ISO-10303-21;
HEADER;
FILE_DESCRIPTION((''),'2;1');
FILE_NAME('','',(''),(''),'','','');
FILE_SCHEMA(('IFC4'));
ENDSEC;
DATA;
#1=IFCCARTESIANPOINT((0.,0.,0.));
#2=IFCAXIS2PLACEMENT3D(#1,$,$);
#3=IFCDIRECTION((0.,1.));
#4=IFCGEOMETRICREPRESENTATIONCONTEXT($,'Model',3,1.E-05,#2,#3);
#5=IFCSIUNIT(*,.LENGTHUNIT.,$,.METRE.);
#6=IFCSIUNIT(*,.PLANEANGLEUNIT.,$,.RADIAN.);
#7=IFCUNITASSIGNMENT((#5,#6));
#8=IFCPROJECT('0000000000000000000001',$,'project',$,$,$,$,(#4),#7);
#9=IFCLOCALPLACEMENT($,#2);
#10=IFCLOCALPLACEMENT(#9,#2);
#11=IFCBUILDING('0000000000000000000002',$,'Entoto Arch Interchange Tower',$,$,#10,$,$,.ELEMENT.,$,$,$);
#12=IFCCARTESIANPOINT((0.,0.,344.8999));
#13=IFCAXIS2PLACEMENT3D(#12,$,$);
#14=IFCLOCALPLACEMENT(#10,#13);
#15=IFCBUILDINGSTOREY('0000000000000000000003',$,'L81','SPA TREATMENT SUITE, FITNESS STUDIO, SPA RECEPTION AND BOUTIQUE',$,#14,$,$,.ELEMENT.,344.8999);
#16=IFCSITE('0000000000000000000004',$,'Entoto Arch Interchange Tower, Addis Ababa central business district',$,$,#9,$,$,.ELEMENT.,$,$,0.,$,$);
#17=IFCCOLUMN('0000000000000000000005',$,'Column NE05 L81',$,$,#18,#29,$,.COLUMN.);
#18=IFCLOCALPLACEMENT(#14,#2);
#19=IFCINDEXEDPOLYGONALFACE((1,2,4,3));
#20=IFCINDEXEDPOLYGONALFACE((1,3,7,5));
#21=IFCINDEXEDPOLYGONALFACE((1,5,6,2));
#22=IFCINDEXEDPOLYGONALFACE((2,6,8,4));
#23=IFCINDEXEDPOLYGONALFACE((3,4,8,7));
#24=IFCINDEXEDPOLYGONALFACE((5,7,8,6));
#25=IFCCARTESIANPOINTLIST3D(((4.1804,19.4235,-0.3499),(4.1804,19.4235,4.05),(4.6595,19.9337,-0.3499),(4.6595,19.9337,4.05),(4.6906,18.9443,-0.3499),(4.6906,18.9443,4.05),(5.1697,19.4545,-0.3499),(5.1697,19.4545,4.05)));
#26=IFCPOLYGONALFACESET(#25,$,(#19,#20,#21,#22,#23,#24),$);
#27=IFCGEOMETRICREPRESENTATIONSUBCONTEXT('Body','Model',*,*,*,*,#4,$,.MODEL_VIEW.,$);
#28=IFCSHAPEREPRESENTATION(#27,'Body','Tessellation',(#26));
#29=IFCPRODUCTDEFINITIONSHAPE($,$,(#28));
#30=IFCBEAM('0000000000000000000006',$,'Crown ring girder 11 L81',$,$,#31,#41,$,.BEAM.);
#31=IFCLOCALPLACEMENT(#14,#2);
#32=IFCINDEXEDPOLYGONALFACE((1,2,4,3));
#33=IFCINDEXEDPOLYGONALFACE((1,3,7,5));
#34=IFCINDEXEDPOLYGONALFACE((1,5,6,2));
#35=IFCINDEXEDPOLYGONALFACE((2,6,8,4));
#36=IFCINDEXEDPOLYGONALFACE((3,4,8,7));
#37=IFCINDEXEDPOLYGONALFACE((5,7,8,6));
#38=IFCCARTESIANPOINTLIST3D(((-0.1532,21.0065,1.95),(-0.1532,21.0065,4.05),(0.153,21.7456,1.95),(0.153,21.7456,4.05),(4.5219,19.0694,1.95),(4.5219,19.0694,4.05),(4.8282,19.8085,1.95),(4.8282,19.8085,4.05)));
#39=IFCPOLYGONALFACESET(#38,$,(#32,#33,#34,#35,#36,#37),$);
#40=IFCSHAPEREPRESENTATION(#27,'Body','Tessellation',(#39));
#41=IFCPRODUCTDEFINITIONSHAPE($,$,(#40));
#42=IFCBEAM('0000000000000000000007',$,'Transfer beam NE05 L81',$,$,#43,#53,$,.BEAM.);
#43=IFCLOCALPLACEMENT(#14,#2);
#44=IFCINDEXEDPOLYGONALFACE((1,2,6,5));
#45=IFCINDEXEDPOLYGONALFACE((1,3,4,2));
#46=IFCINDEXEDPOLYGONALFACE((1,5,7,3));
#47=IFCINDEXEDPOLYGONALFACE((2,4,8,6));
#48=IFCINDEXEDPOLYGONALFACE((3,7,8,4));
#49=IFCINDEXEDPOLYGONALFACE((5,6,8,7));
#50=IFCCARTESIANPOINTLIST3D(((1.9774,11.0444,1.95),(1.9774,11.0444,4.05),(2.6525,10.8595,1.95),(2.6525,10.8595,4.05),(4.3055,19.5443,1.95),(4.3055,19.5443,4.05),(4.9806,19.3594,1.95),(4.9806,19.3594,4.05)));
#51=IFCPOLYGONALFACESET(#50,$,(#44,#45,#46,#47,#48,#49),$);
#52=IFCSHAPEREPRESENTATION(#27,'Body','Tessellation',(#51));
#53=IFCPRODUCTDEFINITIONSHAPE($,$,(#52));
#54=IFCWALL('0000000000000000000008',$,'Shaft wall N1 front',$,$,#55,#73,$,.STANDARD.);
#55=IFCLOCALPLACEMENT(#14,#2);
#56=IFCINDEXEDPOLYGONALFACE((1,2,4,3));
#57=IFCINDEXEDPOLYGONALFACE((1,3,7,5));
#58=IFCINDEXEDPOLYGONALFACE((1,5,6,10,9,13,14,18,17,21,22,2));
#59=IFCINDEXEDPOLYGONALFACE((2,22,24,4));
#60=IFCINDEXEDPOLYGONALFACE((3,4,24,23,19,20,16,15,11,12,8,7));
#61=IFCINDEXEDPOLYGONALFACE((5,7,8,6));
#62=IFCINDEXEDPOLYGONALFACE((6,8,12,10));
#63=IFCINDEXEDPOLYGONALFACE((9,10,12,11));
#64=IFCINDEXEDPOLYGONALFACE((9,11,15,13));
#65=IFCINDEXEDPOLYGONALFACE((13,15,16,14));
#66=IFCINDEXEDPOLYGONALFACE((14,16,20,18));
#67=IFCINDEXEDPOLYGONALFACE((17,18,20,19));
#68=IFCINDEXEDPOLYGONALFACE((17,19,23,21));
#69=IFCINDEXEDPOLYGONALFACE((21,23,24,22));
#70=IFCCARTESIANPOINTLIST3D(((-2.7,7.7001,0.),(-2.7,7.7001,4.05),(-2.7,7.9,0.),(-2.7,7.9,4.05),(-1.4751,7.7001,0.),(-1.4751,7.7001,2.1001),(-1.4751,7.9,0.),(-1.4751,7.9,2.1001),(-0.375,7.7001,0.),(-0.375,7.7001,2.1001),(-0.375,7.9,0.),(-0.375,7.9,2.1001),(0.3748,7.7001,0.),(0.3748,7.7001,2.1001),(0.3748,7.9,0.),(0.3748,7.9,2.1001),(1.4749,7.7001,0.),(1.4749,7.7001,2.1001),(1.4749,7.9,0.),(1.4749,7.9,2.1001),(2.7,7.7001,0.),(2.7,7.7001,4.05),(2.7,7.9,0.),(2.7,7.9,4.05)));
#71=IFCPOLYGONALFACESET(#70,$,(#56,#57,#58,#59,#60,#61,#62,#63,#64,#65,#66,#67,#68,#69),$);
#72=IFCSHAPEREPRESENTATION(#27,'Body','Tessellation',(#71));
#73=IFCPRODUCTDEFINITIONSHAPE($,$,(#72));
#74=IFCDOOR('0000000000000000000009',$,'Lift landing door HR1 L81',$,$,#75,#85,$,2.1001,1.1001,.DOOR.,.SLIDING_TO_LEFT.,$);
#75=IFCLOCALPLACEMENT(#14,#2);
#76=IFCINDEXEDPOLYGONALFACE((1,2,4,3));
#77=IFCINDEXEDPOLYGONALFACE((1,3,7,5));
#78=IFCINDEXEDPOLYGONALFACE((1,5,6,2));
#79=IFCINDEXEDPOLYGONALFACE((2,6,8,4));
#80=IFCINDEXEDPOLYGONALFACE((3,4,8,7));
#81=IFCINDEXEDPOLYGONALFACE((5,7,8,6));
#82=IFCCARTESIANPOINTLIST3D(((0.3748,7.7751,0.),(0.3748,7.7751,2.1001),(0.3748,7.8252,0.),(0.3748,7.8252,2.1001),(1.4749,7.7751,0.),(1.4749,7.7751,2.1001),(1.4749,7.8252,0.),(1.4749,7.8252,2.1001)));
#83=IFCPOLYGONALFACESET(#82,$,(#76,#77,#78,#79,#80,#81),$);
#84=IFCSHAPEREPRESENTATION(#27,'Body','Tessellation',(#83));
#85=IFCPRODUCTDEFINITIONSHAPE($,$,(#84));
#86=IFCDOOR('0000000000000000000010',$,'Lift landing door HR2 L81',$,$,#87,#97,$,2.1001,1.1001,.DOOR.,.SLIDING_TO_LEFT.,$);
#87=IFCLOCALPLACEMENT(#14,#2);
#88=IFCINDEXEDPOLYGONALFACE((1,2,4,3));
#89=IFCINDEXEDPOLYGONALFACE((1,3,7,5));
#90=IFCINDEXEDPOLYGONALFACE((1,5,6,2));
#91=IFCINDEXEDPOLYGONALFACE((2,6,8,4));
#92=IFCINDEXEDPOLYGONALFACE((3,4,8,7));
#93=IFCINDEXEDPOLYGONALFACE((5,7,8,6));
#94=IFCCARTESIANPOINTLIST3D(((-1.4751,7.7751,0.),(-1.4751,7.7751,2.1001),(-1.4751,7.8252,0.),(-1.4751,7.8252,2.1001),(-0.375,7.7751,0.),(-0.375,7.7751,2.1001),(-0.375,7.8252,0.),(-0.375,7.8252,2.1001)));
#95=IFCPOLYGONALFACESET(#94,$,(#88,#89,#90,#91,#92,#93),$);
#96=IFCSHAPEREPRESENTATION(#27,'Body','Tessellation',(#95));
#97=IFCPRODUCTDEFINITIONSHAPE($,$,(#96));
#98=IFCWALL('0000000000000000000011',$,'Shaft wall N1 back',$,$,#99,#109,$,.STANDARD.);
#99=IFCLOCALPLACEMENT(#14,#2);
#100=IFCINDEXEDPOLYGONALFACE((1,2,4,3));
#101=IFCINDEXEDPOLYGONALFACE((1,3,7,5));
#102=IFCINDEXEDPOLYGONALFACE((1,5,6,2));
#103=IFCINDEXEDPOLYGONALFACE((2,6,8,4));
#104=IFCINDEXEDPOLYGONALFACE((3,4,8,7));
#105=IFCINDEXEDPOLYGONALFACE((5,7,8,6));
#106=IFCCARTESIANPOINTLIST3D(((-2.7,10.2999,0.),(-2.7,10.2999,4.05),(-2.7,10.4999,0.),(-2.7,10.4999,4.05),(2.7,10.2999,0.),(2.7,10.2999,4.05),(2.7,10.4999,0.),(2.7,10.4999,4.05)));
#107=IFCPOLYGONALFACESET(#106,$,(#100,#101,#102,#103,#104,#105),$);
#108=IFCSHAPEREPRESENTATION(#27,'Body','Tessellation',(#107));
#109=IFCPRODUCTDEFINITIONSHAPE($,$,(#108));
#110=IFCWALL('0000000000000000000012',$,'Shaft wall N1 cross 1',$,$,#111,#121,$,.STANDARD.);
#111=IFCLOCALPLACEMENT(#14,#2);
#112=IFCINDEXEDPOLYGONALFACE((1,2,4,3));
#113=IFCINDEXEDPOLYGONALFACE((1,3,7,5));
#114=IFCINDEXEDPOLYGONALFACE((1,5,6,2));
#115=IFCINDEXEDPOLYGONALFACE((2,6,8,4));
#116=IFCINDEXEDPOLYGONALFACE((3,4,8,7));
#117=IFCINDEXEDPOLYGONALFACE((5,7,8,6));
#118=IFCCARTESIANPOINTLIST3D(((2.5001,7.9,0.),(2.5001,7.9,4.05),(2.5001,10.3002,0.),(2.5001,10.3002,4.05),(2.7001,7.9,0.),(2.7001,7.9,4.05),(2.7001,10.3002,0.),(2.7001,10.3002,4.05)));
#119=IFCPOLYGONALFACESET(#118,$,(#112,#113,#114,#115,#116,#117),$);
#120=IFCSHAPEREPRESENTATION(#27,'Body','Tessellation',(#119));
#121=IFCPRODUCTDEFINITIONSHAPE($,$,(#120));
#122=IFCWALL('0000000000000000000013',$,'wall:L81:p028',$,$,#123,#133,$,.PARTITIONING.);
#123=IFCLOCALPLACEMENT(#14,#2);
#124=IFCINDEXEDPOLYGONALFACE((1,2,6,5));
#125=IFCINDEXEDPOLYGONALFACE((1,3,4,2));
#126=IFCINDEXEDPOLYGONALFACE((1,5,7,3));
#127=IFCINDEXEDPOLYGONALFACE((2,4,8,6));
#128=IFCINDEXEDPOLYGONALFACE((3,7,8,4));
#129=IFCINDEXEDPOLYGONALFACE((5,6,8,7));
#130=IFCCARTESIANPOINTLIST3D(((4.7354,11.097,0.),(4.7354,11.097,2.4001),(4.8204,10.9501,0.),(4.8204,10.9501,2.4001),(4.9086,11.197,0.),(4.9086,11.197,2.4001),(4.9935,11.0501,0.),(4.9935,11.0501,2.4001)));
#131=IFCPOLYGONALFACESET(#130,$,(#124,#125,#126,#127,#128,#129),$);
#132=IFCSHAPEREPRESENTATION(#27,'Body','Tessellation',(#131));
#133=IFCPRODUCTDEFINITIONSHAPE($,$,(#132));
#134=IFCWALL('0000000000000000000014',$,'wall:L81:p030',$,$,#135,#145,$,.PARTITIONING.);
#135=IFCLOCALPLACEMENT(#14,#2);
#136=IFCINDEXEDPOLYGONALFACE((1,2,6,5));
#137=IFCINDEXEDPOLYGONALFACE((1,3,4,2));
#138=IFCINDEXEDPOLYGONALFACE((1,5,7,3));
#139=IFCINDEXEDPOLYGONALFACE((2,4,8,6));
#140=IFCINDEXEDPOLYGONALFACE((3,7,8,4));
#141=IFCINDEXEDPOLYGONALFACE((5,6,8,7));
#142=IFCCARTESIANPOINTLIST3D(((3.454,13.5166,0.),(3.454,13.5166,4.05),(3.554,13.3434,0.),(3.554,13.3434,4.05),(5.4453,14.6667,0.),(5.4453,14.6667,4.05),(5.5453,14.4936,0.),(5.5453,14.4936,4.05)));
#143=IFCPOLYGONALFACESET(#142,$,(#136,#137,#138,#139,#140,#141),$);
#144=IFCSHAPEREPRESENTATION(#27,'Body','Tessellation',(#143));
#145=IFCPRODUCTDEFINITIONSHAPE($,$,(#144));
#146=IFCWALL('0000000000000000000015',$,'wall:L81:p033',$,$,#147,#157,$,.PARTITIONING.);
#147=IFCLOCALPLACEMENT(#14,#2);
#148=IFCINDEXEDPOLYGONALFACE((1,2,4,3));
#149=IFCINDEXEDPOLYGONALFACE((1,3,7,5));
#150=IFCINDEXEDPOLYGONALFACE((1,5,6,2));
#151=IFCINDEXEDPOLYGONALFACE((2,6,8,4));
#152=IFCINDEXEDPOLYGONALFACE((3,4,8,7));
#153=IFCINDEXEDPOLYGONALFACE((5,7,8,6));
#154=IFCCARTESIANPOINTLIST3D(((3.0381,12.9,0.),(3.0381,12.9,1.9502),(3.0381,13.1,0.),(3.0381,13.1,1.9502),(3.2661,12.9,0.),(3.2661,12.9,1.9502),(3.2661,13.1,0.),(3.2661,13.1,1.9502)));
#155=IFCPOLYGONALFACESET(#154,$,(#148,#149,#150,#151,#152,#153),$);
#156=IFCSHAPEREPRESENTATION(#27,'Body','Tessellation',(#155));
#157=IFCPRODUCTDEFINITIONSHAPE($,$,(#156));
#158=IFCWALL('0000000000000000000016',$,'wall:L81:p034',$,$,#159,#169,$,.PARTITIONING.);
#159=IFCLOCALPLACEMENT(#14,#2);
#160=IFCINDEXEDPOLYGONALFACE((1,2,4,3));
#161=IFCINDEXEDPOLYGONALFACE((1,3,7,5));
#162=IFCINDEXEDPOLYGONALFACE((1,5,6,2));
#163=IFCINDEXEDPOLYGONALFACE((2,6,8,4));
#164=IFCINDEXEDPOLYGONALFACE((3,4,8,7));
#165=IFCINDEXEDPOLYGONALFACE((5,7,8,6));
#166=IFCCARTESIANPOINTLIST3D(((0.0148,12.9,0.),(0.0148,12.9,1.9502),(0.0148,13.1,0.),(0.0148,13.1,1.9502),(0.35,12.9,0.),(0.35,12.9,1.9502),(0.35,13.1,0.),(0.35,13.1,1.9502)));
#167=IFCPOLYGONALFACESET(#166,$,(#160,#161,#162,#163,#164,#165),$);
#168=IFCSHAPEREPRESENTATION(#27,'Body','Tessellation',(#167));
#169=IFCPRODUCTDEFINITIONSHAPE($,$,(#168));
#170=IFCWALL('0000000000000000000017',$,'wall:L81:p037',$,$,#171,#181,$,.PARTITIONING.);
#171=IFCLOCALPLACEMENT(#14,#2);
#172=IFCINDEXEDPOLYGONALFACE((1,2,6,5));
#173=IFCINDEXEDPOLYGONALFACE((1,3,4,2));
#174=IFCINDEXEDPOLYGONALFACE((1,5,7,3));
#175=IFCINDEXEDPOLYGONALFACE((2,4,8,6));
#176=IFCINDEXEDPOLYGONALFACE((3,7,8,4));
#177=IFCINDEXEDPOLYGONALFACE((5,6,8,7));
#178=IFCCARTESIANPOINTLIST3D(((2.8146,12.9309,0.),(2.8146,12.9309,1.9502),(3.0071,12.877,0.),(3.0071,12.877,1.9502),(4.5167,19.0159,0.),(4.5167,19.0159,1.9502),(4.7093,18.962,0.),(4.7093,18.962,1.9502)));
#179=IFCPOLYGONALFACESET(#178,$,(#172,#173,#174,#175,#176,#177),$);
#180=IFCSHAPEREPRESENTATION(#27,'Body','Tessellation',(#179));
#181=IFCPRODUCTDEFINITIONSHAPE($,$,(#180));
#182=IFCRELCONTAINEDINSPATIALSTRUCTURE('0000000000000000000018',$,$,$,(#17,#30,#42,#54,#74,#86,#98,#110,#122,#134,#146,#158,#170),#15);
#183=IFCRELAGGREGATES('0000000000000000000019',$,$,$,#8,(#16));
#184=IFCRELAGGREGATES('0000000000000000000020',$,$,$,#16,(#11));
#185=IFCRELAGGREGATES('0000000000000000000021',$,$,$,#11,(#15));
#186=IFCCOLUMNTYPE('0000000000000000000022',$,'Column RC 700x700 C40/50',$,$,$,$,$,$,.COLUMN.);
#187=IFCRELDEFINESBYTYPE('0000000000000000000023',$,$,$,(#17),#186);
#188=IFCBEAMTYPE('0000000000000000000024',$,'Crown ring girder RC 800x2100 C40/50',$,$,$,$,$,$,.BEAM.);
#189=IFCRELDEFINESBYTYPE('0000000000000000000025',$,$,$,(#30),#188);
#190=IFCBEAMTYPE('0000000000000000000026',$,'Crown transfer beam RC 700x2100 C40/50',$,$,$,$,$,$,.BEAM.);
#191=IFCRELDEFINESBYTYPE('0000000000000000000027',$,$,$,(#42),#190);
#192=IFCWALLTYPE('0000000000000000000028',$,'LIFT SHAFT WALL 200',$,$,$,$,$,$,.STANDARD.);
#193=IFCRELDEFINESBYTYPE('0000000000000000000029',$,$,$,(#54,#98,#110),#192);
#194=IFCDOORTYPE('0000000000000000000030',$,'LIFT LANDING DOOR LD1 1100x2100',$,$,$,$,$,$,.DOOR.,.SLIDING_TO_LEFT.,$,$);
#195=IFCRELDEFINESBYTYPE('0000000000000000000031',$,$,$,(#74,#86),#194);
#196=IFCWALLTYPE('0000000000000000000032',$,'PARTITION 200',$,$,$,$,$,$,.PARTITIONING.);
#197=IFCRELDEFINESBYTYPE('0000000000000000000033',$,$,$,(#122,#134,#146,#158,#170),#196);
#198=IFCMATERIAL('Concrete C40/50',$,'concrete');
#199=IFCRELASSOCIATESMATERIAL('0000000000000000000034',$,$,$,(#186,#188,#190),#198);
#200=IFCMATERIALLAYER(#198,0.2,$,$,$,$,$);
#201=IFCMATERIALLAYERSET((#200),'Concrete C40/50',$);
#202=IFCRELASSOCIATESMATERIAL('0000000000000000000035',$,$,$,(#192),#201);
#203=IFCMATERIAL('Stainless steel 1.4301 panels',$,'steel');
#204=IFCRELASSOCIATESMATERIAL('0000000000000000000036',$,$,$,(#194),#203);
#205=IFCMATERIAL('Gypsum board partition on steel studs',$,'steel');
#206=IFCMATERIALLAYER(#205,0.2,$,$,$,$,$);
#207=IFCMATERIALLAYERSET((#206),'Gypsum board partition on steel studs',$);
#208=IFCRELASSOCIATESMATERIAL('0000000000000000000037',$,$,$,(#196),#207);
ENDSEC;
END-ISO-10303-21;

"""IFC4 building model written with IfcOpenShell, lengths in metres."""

from ifc_helpers import new_model, si_unit, direction, frame, frame_2d, origin, origin_2d, place, context, subcontext, project, spatial, rectangle, extrude, material, layer, layer_set, material_profile, profile_set, type_object, element, fill, save


model = new_model("IFC4")

# Units and contexts
model_context = context("Model", 3, precision=1e-05, world=origin(), true_north=direction((0.0, 1.0)))
body_context = subcontext(model_context, "Body", "Model", "MODEL_VIEW")
ifc_project = project(units=[si_unit("LENGTHUNIT", "METRE"), si_unit("PLANEANGLEUNIT", "RADIAN")], contexts=[model_context])

# Site, building, storey
site_placement = place(None, origin())
site = spatial("IfcSite", under=ifc_project, at=site_placement, Name="Entoto Arch Interchange Tower, Addis Ababa central business district", CompositionType="ELEMENT", RefElevation=0.0)
building_placement = place(site_placement, origin())
building = spatial("IfcBuilding", under=site, at=building_placement, Name="Entoto Arch Interchange Tower", CompositionType="ELEMENT")
storey_placement = place(building_placement, frame((0.0, 0.0, 344.8999)))
storey = spatial("IfcBuildingStorey", under=building, at=storey_placement, Name="L81", Description="SPA TREATMENT SUITE, FITNESS STUDIO, SPA RECEPTION AND BOUTIQUE", CompositionType="ELEMENT", Elevation=344.8999)

# Column
ifc_material_1 = material(Name="Concrete C40/50", Category="concrete")
ifc_material_profile_1 = material_profile(ifc_material_1, rectangle(XDim=0.7, YDim=0.7, at=origin_2d()))
ifc_profile_set_1 = profile_set([ifc_material_profile_1], Name="Concrete C40/50")
column_type = type_object("IfcColumnType", Name="Column RC 700x700 C40/50", PredefinedType="COLUMN", material=ifc_profile_set_1)
column_placement = place(storey_placement, frame((4.675, 19.439, -0.3499), z_axis=(0.0, 0.0, 1.0), x_axis=(-0.728909, 0.684611, 0.0)))
element("IfcColumn", 1, at=column_placement, inside=storey, type_object=column_type, Name="Column NE05 L81", PredefinedType="COLUMN", context=body_context, shape_type="SweptSolid", body=[
    extrude(rectangle(XDim=0.7, YDim=0.7, at=origin_2d()), origin(), (0.0, 0.0, 1.0), 4.3999),
])

# Beams
ifc_material_profile_2 = material_profile(ifc_material_1, rectangle(XDim=0.8, YDim=2.1001, at=origin_2d()))
ifc_profile_set_2 = profile_set([ifc_material_profile_2], Name="Concrete C40/50")
beam_type_1 = type_object("IfcBeamType", Name="Crown ring girder RC 800x2100 C40/50", PredefinedType="BEAM", material=ifc_profile_set_2)
beam_1_placement = place(storey_placement, frame((4.675, 19.439, 3.0), z_axis=(-0.923842, 0.382775, 0.0), x_axis=(-0.382775, -0.923842, 0.0)))
element("IfcBeam", 2, at=beam_1_placement, inside=storey, type_object=beam_type_1, Name="Crown ring girder 11 L81", PredefinedType="BEAM", context=body_context, shape_type="SweptSolid", body=[
    extrude(rectangle(XDim=0.8, YDim=2.1001, at=origin_2d()), origin(), (0.0, 0.0, 1.0), 5.0605),
])
ifc_material_profile_3 = material_profile(ifc_material_1, rectangle(XDim=0.7, YDim=2.1001, at=origin_2d()))
ifc_profile_set_3 = profile_set([ifc_material_profile_3], Name="Concrete C40/50")
beam_type_2 = type_object("IfcBeamType", Name="Crown transfer beam RC 700x2100 C40/50", PredefinedType="BEAM", material=ifc_profile_set_3)
beam_2_placement = place(storey_placement, frame((2.3149, 10.9519, 3.0), z_axis=(0.264167, 0.964477, 0.0), x_axis=(-0.964477, 0.264167, 0.0)))
element("IfcBeam", 3, at=beam_2_placement, inside=storey, type_object=beam_type_2, Name="Transfer beam NE05 L81", PredefinedType="BEAM", context=body_context, shape_type="SweptSolid", body=[
    extrude(rectangle(XDim=0.7, YDim=2.1001, at=origin_2d()), origin(), (0.0, 0.0, 1.0), 8.813),
])

# Wall, openings, doors
ifc_layer_1 = layer(ifc_material_1, 0.2)
ifc_layer_set_1 = layer_set([ifc_layer_1], Name="Concrete C40/50")
wall_type_1 = type_object("IfcWallType", Name="LIFT SHAFT WALL 200", PredefinedType="STANDARD", material=ifc_layer_set_1)
wall_1_placement = place(storey_placement, frame((2.7, 7.8, 0.0), z_axis=(0.0, 0.0, 1.0), x_axis=(-1.0, 0.0, 0.0)))
wall_1 = element("IfcWall", 4, at=wall_1_placement, inside=storey, type_object=wall_type_1, Name="Shaft wall N1 front", PredefinedType="STANDARD", context=body_context, shape_type="SweptSolid", body=[
    extrude(rectangle(XDim=5.3999, YDim=0.2, at=frame_2d((2.7, 0.0))), origin(), (0.0, 0.0, 1.0), 4.05),
])
opening_1_placement = place(wall_1_placement, frame((1.2251, 0.0, 0.0)))
opening_1 = element("IfcOpeningElement", 5, at=opening_1_placement, cuts=wall_1, PredefinedType="OPENING", context=body_context, shape_type="SweptSolid", body=[
    extrude(rectangle(XDim=1.1001, YDim=2.1001, at=frame_2d((0.55, 1.05))), frame((0.0, 0.1099, 0.0), z_axis=(0.0, -1.0, 0.0), x_axis=(1.0, 0.0, 0.0)), (0.0, 0.0, 1.0), 0.22),
])
opening_2_placement = place(wall_1_placement, frame((3.075, 0.0, 0.0)))
opening_2 = element("IfcOpeningElement", 6, at=opening_2_placement, cuts=wall_1, PredefinedType="OPENING", context=body_context, shape_type="SweptSolid", body=[
    extrude(rectangle(XDim=1.1001, YDim=2.1001, at=frame_2d((0.55, 1.05))), frame((0.0, 0.1099, 0.0), z_axis=(0.0, -1.0, 0.0), x_axis=(1.0, 0.0, 0.0)), (0.0, 0.0, 1.0), 0.22),
])
ifc_material_2 = material(Name="Stainless steel 1.4301 panels", Category="steel")
door_type_1 = type_object("IfcDoorType", Name="LIFT LANDING DOOR LD1 1100x2100", OperationType="SLIDING_TO_LEFT", PredefinedType="DOOR", material=ifc_material_2)
door_1_placement = place(opening_1_placement, origin())
door_1 = element("IfcDoor", 7, at=door_1_placement, inside=storey, type_object=door_type_1, Name="Lift landing door HR1 L81", OperationType="SLIDING_TO_LEFT", OverallHeight=2.1001, OverallWidth=1.1001, PredefinedType="DOOR", context=body_context, shape_type="SweptSolid", body=[
    extrude(rectangle(XDim=1.1001, YDim=2.1001, at=frame_2d((0.55, 1.05))), frame((0.0, 0.0249, 0.0), z_axis=(0.0, -1.0, 0.0), x_axis=(1.0, 0.0, 0.0)), (0.0, 0.0, 1.0), 0.05),
])
fill(opening_1, door_1)
door_2_placement = place(opening_2_placement, origin())
door_2 = element("IfcDoor", 8, at=door_2_placement, inside=storey, type_object=door_type_1, Name="Lift landing door HR2 L81", OperationType="SLIDING_TO_LEFT", OverallHeight=2.1001, OverallWidth=1.1001, PredefinedType="DOOR", context=body_context, shape_type="SweptSolid", body=[
    extrude(rectangle(XDim=1.1001, YDim=2.1001, at=frame_2d((0.55, 1.05))), frame((0.0, 0.0249, 0.0), z_axis=(0.0, -1.0, 0.0), x_axis=(1.0, 0.0, 0.0)), (0.0, 0.0, 1.0), 0.05),
])
fill(opening_2, door_2)

# Walls
wall_2_placement = place(storey_placement, frame((2.7, 10.3999, 0.0), z_axis=(0.0, 0.0, 1.0), x_axis=(-1.0, 0.0, 0.0)))
element("IfcWall", 9, at=wall_2_placement, inside=storey, type_object=wall_type_1, Name="Shaft wall N1 back", PredefinedType="STANDARD", context=body_context, shape_type="SweptSolid", body=[
    extrude(rectangle(XDim=5.3999, YDim=0.2, at=frame_2d((2.7, 0.0))), origin(), (0.0, 0.0, 1.0), 4.05),
])
wall_3_placement = place(storey_placement, frame((2.6001, 7.8999, 0.0), z_axis=(0.0, 0.0, 1.0), x_axis=(0.0, 1.0, 0.0)))
element("IfcWall", 10, at=wall_3_placement, inside=storey, type_object=wall_type_1, Name="Shaft wall N1 cross 1", PredefinedType="STANDARD", context=body_context, shape_type="SweptSolid", body=[
    extrude(rectangle(XDim=2.4001, YDim=0.2, at=frame_2d((1.2002, 0.0))), origin(), (0.0, 0.0, 1.0), 4.05),
])
ifc_material_3 = material(Name="Gypsum board partition on steel studs", Category="steel")
ifc_layer_2 = layer(ifc_material_3, 0.2)
ifc_layer_set_2 = layer_set([ifc_layer_2], Name="Gypsum board partition on steel studs")
wall_type_2 = type_object("IfcWallType", Name="PARTITION 200", PredefinedType="PARTITIONING", material=ifc_layer_set_2)
wall_4_placement = place(storey_placement, frame((4.907, 11.0, 0.0), z_axis=(0.0, 0.0, 1.0), x_axis=(-0.500469, 0.865754, 0.0)))
element("IfcWall", 11, at=wall_4_placement, inside=storey, type_object=wall_type_2, Name="wall:L81:p028", PredefinedType="PARTITIONING", context=body_context, shape_type="SweptSolid", body=[
    extrude(rectangle(XDim=0.1697, YDim=0.2, at=frame_2d((0.085, 0.0))), origin(), (0.0, 0.0, 1.0), 2.4001),
])
wall_5_placement = place(storey_placement, frame((3.5039, 13.4299, 0.0), z_axis=(0.0, 0.0, 1.0), x_axis=(0.865927, 0.50017, 0.0)))
element("IfcWall", 12, at=wall_5_placement, inside=storey, type_object=wall_type_2, Name="wall:L81:p030", PredefinedType="PARTITIONING", context=body_context, shape_type="SweptSolid", body=[
    extrude(rectangle(XDim=2.2996, YDim=0.2, at=frame_2d((1.1499, 0.0))), origin(), (0.0, 0.0, 1.0), 4.05),
])
wall_6_placement = place(storey_placement, frame((3.0381, 13.0, 0.0), z_axis=(0.0, 0.0, 1.0), x_axis=(1.0, 0.0, 0.0)))
element("IfcWall", 13, at=wall_6_placement, inside=storey, type_object=wall_type_2, Name="wall:L81:p033", PredefinedType="PARTITIONING", context=body_context, shape_type="SweptSolid", body=[
    extrude(rectangle(XDim=0.228, YDim=0.2, at=frame_2d((0.114, 0.0))), origin(), (0.0, 0.0, 1.0), 1.9502),
])
wall_7_placement = place(storey_placement, frame((0.0149, 13.0, 0.0), z_axis=(0.0, 0.0, 1.0), x_axis=(1.0, 0.0, 0.0)))
element("IfcWall", 14, at=wall_7_placement, inside=storey, type_object=wall_type_2, Name="wall:L81:p034", PredefinedType="PARTITIONING", context=body_context, shape_type="SweptSolid", body=[
    extrude(rectangle(XDim=0.3352, YDim=0.2, at=frame_2d((0.1675, 0.0))), origin(), (0.0, 0.0, 1.0), 1.9502),
])
wall_8_placement = place(storey_placement, frame((2.9109, 12.9041, 0.0), z_axis=(0.0, 0.0, 1.0), x_axis=(0.269389, 0.963031, 0.0)))
element("IfcWall", 15, at=wall_8_placement, inside=storey, type_object=wall_type_2, Name="wall:L81:p037", PredefinedType="PARTITIONING", context=body_context, shape_type="SweptSolid", body=[
    extrude(rectangle(XDim=6.3186, YDim=0.2, at=frame_2d((3.1592, 0.0))), origin(), (0.0, 0.0, 1.0), 1.9502),
])

save(model, "model.ifc")
